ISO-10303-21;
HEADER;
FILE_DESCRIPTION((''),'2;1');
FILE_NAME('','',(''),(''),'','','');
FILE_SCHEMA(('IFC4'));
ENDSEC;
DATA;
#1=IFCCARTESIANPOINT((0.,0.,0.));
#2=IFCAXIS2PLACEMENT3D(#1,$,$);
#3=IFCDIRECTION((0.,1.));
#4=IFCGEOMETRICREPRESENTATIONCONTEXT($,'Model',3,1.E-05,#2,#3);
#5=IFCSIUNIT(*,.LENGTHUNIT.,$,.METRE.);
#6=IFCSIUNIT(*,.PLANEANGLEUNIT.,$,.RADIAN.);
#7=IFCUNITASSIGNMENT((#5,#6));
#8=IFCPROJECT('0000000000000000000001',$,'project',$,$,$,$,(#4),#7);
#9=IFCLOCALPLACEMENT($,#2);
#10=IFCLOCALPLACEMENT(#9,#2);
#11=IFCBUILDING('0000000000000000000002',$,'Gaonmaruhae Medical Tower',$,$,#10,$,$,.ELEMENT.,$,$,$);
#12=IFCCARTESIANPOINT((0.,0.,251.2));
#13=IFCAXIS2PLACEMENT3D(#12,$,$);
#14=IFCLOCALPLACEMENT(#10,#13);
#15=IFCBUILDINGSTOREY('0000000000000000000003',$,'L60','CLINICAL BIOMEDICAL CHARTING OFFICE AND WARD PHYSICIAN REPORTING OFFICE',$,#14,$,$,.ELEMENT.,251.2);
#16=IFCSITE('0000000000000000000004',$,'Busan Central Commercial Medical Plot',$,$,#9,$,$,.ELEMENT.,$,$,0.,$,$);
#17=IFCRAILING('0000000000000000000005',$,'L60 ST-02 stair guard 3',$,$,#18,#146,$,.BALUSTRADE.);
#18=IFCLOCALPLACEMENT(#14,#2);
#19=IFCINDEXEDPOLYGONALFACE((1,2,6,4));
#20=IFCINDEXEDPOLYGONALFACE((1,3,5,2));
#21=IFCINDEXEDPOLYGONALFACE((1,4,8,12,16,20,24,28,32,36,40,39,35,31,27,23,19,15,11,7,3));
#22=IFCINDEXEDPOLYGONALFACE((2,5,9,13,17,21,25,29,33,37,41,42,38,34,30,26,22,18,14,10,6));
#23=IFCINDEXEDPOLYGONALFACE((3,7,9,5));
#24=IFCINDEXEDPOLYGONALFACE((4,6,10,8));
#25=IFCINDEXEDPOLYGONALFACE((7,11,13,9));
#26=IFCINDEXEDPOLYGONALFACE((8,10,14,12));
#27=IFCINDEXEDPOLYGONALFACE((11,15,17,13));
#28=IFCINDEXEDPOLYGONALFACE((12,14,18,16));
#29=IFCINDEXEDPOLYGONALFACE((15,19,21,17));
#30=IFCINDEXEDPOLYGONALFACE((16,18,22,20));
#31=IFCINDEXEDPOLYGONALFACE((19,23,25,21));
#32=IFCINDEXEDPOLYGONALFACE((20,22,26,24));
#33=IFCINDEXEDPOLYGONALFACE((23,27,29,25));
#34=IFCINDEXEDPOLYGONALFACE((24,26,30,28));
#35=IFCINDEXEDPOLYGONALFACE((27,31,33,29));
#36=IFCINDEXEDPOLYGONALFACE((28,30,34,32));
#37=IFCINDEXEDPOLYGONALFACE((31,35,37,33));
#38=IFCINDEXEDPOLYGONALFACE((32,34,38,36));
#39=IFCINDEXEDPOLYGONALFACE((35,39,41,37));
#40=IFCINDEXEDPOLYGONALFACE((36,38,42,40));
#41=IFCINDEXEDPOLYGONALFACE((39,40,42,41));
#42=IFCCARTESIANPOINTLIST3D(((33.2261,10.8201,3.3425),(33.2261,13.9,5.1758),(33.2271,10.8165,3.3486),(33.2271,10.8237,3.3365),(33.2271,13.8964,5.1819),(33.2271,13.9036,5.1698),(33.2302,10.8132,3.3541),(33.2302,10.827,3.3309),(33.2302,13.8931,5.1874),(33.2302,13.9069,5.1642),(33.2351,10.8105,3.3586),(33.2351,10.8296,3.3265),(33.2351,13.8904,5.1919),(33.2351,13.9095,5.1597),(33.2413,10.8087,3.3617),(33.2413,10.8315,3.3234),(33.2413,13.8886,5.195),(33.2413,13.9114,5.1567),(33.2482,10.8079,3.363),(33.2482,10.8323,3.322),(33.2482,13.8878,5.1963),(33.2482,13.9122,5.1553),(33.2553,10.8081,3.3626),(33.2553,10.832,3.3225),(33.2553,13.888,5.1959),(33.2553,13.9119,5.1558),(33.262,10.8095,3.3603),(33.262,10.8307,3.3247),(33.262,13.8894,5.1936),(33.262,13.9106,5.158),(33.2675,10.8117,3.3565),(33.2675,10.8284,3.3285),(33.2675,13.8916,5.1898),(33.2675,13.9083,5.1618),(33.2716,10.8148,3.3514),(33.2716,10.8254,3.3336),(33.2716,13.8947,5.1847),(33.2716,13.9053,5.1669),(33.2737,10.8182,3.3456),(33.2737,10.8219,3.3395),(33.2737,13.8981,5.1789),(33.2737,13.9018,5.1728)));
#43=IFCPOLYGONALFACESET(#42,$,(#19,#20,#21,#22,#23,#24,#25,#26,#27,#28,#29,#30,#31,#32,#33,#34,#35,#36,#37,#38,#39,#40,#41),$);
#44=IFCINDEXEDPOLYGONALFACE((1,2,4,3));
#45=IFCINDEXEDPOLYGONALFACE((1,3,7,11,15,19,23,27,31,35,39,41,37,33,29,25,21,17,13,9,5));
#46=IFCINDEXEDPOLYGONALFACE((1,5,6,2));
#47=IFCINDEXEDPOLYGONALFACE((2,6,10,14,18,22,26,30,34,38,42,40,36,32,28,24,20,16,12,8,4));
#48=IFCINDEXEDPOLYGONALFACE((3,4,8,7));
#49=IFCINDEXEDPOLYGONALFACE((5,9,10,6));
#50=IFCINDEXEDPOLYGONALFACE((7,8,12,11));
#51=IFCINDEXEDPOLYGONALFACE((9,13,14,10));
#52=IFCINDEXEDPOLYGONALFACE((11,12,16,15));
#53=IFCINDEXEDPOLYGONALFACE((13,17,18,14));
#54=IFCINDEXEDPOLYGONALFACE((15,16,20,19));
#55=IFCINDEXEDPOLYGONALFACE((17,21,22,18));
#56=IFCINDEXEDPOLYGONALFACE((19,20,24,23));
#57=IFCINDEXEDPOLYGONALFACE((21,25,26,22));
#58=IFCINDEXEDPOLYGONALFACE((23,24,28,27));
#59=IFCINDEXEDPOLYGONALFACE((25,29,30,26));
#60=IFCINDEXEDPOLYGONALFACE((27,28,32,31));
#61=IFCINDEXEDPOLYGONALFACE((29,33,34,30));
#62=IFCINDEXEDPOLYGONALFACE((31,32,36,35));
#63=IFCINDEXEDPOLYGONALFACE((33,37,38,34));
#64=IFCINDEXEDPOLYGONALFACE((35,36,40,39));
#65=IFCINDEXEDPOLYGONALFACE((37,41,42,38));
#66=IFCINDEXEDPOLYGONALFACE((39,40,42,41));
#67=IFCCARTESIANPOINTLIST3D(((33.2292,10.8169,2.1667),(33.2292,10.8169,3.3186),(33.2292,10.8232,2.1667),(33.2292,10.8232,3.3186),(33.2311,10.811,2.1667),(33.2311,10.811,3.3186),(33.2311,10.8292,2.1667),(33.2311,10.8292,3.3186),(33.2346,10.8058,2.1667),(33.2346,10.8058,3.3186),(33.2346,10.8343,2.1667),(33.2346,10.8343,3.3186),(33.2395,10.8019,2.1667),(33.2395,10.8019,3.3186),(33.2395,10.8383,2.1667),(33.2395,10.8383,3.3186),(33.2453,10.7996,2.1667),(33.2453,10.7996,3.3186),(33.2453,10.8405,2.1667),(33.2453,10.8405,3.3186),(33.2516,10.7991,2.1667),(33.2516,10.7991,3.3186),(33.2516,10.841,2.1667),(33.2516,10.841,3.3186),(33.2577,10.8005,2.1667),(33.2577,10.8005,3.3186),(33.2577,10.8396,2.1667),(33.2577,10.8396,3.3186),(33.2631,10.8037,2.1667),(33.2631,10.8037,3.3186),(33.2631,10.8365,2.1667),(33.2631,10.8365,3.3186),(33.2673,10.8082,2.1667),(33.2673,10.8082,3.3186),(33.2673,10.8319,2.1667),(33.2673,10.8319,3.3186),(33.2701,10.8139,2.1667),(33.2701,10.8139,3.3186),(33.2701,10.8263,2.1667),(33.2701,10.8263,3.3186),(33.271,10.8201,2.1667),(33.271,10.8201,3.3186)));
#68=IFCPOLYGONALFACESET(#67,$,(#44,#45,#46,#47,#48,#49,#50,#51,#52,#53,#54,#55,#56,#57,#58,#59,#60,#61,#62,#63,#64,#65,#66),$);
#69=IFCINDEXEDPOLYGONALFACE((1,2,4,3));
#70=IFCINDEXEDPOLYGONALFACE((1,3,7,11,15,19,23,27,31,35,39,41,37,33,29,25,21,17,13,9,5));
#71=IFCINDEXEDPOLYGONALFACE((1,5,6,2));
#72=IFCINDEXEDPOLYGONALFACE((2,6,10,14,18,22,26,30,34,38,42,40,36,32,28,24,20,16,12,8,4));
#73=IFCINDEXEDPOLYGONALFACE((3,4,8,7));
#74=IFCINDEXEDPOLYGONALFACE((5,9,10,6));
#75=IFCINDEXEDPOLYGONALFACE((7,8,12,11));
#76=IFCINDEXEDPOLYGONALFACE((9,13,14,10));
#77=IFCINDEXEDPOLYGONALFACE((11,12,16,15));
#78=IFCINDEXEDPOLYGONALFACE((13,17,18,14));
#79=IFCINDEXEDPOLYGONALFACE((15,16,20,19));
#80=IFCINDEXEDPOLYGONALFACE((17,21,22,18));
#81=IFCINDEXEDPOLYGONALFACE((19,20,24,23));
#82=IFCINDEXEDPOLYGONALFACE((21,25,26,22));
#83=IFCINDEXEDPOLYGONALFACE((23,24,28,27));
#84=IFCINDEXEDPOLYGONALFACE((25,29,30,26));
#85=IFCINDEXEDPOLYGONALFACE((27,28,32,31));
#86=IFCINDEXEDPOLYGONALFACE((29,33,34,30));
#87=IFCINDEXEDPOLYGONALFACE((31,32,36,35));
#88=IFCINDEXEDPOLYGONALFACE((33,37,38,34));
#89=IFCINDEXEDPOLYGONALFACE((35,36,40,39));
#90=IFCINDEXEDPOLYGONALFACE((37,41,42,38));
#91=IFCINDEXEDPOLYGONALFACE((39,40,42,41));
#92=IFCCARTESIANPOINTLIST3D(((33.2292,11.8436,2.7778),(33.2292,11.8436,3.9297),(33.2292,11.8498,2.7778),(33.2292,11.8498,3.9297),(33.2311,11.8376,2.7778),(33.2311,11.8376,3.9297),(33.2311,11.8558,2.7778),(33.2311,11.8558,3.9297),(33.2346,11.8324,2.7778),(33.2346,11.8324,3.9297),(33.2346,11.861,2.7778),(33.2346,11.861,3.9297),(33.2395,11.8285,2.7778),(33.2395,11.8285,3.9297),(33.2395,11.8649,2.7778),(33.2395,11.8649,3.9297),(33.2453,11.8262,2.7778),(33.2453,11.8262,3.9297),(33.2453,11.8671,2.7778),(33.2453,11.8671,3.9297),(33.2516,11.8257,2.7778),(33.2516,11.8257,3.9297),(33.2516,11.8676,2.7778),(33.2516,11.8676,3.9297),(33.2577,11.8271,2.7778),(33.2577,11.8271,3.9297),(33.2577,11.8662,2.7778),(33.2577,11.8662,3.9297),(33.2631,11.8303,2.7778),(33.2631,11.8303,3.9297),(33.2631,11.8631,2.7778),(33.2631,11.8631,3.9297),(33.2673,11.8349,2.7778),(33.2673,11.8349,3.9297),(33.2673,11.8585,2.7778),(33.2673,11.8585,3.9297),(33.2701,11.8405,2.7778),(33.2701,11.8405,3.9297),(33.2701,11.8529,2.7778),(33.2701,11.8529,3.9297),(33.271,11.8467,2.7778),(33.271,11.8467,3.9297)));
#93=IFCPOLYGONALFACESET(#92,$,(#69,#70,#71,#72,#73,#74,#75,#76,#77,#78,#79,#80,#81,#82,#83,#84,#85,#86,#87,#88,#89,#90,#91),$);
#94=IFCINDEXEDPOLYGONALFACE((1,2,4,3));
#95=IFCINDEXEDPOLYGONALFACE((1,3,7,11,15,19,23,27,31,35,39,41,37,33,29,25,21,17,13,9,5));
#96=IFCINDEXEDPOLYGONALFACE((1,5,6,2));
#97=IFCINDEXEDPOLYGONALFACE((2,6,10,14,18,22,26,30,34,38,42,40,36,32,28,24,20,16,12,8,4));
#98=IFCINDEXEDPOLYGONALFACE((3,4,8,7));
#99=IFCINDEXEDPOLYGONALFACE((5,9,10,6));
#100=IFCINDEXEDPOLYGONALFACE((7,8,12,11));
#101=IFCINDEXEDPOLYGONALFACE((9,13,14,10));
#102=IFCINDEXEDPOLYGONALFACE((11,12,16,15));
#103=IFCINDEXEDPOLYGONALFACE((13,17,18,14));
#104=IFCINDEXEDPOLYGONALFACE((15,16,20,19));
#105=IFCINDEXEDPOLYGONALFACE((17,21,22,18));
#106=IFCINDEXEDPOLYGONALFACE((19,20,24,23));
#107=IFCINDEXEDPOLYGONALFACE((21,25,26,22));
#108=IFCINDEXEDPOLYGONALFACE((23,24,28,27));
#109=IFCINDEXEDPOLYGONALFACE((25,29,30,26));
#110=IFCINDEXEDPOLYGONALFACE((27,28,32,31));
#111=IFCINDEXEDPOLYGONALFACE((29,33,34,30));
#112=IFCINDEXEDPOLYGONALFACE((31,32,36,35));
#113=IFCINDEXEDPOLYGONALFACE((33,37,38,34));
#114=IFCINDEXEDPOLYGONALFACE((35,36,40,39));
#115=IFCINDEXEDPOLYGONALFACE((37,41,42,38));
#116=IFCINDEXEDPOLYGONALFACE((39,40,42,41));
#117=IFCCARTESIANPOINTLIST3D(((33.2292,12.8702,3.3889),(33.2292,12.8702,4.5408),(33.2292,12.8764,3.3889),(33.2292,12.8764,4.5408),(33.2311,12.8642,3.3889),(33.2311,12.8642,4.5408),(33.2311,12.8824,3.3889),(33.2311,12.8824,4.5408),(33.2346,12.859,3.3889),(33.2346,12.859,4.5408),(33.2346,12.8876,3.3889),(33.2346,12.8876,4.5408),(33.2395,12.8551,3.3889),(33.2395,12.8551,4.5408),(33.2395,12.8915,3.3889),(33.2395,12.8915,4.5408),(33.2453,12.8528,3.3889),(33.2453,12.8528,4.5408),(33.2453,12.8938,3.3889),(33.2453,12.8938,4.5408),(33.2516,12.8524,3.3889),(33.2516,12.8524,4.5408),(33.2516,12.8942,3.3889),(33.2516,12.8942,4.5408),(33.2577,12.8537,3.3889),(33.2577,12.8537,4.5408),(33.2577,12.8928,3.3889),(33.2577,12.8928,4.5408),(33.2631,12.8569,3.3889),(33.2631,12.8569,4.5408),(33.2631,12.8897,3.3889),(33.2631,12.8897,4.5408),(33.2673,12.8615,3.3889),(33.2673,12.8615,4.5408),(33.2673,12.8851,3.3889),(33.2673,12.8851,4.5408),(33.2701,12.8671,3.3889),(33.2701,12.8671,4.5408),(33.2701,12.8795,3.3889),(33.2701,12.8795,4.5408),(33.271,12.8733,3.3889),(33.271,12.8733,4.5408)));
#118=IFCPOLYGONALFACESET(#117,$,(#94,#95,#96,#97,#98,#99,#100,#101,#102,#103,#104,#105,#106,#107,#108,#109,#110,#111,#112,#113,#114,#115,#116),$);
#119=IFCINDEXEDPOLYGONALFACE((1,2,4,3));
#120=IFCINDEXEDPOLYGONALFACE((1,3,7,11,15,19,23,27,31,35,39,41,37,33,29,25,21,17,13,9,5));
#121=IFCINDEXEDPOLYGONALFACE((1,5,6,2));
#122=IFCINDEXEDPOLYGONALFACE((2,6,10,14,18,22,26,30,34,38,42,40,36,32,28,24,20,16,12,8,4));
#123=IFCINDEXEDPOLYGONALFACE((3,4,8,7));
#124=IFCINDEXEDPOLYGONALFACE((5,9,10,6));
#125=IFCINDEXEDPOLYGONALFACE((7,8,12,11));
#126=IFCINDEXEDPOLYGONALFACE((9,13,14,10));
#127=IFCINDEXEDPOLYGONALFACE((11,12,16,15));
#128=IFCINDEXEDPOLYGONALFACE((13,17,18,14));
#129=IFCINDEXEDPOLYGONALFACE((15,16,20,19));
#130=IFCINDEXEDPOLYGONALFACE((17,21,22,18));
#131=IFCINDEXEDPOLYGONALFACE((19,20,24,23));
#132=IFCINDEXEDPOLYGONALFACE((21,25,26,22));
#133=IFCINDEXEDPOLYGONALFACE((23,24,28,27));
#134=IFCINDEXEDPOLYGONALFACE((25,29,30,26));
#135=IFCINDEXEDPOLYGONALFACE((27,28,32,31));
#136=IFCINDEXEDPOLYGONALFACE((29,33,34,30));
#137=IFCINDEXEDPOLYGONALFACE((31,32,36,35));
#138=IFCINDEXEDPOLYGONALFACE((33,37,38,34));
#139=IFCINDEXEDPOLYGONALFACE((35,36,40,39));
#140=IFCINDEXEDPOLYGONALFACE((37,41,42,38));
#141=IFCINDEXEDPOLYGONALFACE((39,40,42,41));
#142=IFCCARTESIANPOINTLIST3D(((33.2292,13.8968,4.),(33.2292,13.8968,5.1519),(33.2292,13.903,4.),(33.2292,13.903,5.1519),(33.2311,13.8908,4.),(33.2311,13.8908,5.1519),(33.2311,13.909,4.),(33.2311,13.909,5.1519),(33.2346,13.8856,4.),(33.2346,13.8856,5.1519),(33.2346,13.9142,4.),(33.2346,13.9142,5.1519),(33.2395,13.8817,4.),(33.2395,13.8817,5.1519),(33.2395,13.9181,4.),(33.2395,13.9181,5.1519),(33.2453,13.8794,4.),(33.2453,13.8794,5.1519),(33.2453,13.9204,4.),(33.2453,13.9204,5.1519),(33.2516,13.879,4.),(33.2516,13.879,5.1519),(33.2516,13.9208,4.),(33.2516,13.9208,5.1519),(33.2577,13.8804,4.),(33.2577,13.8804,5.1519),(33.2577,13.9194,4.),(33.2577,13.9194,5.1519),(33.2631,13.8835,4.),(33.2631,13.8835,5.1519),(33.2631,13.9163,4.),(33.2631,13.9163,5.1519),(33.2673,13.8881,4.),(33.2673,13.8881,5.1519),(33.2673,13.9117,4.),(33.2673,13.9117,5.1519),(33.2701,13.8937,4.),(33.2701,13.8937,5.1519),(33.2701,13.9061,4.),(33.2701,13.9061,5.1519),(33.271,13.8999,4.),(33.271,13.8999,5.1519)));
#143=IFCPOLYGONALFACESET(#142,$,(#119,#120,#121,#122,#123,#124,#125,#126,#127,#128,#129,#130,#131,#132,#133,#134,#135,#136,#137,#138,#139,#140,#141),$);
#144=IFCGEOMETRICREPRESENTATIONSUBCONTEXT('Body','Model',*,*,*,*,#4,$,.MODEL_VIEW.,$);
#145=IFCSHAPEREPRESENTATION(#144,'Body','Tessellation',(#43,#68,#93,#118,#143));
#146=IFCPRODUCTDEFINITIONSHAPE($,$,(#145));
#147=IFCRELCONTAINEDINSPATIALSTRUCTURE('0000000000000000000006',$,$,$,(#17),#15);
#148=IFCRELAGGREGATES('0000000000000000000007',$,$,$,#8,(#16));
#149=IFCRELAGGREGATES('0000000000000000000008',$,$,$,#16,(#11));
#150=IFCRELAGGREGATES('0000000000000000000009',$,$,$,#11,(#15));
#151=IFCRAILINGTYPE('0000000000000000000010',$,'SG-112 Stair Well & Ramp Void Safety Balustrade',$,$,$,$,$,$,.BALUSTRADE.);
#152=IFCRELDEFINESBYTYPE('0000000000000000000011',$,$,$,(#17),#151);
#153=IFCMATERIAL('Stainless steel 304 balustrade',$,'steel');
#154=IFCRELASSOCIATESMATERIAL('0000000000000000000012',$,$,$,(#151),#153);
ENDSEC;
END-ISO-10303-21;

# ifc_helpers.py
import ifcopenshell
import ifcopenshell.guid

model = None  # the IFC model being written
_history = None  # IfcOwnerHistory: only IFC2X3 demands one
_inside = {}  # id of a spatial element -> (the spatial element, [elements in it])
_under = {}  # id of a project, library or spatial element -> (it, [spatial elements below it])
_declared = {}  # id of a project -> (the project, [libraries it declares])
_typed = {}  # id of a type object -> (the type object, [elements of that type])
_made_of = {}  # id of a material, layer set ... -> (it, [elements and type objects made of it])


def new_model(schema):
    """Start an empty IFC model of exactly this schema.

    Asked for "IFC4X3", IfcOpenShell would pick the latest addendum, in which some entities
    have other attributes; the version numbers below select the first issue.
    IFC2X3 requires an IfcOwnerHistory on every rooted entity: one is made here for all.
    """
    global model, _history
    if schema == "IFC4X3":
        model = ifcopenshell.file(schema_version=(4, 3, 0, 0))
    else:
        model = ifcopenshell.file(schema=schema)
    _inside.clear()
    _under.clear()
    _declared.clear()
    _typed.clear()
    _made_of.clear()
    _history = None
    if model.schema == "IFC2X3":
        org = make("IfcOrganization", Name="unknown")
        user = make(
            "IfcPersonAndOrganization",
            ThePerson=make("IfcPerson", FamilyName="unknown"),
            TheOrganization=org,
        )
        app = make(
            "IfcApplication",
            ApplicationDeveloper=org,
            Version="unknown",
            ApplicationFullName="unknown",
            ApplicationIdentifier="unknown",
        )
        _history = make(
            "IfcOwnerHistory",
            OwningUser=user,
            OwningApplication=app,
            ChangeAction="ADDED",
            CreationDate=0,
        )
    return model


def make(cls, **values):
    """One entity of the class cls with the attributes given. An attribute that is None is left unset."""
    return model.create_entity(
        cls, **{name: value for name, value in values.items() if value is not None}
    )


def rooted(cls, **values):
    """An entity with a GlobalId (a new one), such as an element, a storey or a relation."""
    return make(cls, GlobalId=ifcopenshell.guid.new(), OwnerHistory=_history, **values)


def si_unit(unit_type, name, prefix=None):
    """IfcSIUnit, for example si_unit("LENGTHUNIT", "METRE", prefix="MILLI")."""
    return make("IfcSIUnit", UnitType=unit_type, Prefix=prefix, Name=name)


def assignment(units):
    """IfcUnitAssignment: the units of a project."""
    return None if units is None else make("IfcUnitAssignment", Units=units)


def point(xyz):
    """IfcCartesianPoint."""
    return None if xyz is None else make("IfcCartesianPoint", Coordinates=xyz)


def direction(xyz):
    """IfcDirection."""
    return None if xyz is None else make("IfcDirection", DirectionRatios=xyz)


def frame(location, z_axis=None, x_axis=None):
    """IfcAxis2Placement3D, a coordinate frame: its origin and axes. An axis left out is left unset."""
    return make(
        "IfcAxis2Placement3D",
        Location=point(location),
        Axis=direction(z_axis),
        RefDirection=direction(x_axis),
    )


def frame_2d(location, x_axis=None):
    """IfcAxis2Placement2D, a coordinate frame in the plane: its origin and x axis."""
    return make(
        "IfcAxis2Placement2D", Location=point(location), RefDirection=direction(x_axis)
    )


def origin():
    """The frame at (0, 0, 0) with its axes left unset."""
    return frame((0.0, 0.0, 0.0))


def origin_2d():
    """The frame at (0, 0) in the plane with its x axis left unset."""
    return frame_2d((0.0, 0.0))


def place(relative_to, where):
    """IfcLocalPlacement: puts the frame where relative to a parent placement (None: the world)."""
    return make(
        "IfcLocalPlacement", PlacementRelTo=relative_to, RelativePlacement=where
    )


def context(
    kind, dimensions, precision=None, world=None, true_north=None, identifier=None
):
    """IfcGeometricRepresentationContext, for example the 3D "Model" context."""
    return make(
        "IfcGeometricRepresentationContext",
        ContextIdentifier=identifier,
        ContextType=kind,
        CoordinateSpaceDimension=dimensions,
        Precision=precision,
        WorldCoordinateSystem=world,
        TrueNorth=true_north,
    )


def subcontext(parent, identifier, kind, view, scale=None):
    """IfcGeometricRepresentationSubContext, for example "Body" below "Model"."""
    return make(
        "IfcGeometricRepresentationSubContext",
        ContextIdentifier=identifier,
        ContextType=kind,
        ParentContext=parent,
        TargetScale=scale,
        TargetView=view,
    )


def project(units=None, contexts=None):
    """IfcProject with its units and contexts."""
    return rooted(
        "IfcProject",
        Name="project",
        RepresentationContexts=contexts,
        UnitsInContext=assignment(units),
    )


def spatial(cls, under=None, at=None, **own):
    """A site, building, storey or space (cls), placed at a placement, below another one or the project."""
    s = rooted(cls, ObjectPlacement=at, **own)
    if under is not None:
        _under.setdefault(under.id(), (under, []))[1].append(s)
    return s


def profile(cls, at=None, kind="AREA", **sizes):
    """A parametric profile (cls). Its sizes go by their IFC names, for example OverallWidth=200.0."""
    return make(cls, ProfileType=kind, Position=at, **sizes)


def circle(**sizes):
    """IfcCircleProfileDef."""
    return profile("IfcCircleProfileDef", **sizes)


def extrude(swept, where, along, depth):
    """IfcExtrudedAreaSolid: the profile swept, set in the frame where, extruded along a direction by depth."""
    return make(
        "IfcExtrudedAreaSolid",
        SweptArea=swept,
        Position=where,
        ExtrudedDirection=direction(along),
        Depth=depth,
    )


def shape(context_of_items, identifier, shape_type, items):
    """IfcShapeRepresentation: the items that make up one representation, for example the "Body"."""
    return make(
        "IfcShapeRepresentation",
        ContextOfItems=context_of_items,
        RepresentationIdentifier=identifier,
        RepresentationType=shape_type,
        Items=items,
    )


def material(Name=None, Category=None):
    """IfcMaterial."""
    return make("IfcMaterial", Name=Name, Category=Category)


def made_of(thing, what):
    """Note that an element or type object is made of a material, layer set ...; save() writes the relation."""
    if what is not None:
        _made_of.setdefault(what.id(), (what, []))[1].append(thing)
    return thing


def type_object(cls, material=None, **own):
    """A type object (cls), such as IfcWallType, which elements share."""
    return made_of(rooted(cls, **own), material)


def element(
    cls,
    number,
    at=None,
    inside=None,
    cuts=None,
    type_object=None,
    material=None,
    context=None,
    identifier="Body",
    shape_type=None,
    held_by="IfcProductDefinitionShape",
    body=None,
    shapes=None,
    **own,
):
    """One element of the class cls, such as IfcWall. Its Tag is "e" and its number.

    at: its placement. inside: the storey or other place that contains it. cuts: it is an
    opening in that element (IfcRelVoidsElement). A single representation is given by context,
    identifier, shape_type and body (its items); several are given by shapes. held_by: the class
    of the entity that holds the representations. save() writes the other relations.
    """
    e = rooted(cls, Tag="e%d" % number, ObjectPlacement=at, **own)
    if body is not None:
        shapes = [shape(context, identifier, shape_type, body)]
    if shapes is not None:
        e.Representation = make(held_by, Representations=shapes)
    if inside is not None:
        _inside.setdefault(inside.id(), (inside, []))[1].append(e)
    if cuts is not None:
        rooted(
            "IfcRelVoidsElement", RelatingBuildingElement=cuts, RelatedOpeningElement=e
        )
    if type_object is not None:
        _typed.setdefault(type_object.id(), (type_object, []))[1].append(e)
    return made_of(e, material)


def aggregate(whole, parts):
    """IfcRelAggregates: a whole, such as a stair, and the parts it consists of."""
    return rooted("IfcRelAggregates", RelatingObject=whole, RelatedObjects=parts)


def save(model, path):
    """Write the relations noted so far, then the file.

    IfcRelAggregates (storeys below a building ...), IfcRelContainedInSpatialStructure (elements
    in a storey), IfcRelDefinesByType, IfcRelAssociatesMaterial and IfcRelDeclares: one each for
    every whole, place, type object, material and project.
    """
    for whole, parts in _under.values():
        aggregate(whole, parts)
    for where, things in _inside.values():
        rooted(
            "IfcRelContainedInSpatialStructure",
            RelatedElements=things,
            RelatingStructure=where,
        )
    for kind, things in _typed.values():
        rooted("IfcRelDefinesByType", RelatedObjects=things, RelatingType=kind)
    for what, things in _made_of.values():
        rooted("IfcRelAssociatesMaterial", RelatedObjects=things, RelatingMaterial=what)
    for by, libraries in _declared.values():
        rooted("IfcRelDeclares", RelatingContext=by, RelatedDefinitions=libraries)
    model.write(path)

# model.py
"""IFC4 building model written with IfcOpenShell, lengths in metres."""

from ifc_helpers import new_model, si_unit, direction, frame, origin, origin_2d, place, context, subcontext, project, spatial, circle, extrude, material, type_object, element, save


model = new_model("IFC4")

# Units and contexts
model_context = context("Model", 3, precision=1e-05, world=origin(), true_north=direction((0.0, 1.0)))
body_context = subcontext(model_context, "Body", "Model", "MODEL_VIEW")
ifc_project = project(units=[si_unit("LENGTHUNIT", "METRE"), si_unit("PLANEANGLEUNIT", "RADIAN")], contexts=[model_context])

# Site, building, storey
site_placement = place(None, origin())
site = spatial("IfcSite", under=ifc_project, at=site_placement, Name="Busan Central Commercial Medical Plot", CompositionType="ELEMENT", RefElevation=0.0)
building_placement = place(site_placement, origin())
building = spatial("IfcBuilding", under=site, at=building_placement, Name="Gaonmaruhae Medical Tower", CompositionType="ELEMENT")
storey_placement = place(building_placement, frame((0.0, 0.0, 251.2)))
storey = spatial("IfcBuildingStorey", under=building, at=storey_placement, Name="L60", Description="CLINICAL BIOMEDICAL CHARTING OFFICE AND WARD PHYSICIAN REPORTING OFFICE", CompositionType="ELEMENT", Elevation=251.2)

# Railing
ifc_material_1 = material(Name="Stainless steel 304 balustrade", Category="steel")
railing_type_1 = type_object("IfcRailingType", Name="SG-112 Stair Well & Ramp Void Safety Balustrade", PredefinedType="BALUSTRADE", material=ifc_material_1)
railing_1_placement = place(storey_placement, frame((33.25, 10.8201, 2.1667)))
element("IfcRailing", 1, at=railing_1_placement, inside=storey, type_object=railing_type_1, Name="L60 ST-02 stair guard 3", PredefinedType="BALUSTRADE", context=body_context, shape_type="SweptSolid", body=[
    extrude(circle(Radius=0.0239, at=origin_2d()), frame((0.0, 0.0, 1.1758), z_axis=(0.0, 0.859291, 0.511487), x_axis=(-1.0, 0.0, 0.0)), (0.0, 0.0, 1.0), 3.5842),
    extrude(circle(Radius=0.021, at=origin_2d()), origin(), (0.0, 0.0, 1.0), 1.1519),
    extrude(circle(Radius=0.021, at=origin_2d()), frame((0.0, 1.0266, 0.6111)), (0.0, 0.0, 1.0), 1.1519),
    extrude(circle(Radius=0.021, at=origin_2d()), frame((0.0, 2.0532, 1.2222)), (0.0, 0.0, 1.0), 1.1519),
    extrude(circle(Radius=0.021, at=origin_2d()), frame((0.0, 3.0798, 1.8333)), (0.0, 0.0, 1.0), 1.1519),
])

save(model, "model.ifc")
